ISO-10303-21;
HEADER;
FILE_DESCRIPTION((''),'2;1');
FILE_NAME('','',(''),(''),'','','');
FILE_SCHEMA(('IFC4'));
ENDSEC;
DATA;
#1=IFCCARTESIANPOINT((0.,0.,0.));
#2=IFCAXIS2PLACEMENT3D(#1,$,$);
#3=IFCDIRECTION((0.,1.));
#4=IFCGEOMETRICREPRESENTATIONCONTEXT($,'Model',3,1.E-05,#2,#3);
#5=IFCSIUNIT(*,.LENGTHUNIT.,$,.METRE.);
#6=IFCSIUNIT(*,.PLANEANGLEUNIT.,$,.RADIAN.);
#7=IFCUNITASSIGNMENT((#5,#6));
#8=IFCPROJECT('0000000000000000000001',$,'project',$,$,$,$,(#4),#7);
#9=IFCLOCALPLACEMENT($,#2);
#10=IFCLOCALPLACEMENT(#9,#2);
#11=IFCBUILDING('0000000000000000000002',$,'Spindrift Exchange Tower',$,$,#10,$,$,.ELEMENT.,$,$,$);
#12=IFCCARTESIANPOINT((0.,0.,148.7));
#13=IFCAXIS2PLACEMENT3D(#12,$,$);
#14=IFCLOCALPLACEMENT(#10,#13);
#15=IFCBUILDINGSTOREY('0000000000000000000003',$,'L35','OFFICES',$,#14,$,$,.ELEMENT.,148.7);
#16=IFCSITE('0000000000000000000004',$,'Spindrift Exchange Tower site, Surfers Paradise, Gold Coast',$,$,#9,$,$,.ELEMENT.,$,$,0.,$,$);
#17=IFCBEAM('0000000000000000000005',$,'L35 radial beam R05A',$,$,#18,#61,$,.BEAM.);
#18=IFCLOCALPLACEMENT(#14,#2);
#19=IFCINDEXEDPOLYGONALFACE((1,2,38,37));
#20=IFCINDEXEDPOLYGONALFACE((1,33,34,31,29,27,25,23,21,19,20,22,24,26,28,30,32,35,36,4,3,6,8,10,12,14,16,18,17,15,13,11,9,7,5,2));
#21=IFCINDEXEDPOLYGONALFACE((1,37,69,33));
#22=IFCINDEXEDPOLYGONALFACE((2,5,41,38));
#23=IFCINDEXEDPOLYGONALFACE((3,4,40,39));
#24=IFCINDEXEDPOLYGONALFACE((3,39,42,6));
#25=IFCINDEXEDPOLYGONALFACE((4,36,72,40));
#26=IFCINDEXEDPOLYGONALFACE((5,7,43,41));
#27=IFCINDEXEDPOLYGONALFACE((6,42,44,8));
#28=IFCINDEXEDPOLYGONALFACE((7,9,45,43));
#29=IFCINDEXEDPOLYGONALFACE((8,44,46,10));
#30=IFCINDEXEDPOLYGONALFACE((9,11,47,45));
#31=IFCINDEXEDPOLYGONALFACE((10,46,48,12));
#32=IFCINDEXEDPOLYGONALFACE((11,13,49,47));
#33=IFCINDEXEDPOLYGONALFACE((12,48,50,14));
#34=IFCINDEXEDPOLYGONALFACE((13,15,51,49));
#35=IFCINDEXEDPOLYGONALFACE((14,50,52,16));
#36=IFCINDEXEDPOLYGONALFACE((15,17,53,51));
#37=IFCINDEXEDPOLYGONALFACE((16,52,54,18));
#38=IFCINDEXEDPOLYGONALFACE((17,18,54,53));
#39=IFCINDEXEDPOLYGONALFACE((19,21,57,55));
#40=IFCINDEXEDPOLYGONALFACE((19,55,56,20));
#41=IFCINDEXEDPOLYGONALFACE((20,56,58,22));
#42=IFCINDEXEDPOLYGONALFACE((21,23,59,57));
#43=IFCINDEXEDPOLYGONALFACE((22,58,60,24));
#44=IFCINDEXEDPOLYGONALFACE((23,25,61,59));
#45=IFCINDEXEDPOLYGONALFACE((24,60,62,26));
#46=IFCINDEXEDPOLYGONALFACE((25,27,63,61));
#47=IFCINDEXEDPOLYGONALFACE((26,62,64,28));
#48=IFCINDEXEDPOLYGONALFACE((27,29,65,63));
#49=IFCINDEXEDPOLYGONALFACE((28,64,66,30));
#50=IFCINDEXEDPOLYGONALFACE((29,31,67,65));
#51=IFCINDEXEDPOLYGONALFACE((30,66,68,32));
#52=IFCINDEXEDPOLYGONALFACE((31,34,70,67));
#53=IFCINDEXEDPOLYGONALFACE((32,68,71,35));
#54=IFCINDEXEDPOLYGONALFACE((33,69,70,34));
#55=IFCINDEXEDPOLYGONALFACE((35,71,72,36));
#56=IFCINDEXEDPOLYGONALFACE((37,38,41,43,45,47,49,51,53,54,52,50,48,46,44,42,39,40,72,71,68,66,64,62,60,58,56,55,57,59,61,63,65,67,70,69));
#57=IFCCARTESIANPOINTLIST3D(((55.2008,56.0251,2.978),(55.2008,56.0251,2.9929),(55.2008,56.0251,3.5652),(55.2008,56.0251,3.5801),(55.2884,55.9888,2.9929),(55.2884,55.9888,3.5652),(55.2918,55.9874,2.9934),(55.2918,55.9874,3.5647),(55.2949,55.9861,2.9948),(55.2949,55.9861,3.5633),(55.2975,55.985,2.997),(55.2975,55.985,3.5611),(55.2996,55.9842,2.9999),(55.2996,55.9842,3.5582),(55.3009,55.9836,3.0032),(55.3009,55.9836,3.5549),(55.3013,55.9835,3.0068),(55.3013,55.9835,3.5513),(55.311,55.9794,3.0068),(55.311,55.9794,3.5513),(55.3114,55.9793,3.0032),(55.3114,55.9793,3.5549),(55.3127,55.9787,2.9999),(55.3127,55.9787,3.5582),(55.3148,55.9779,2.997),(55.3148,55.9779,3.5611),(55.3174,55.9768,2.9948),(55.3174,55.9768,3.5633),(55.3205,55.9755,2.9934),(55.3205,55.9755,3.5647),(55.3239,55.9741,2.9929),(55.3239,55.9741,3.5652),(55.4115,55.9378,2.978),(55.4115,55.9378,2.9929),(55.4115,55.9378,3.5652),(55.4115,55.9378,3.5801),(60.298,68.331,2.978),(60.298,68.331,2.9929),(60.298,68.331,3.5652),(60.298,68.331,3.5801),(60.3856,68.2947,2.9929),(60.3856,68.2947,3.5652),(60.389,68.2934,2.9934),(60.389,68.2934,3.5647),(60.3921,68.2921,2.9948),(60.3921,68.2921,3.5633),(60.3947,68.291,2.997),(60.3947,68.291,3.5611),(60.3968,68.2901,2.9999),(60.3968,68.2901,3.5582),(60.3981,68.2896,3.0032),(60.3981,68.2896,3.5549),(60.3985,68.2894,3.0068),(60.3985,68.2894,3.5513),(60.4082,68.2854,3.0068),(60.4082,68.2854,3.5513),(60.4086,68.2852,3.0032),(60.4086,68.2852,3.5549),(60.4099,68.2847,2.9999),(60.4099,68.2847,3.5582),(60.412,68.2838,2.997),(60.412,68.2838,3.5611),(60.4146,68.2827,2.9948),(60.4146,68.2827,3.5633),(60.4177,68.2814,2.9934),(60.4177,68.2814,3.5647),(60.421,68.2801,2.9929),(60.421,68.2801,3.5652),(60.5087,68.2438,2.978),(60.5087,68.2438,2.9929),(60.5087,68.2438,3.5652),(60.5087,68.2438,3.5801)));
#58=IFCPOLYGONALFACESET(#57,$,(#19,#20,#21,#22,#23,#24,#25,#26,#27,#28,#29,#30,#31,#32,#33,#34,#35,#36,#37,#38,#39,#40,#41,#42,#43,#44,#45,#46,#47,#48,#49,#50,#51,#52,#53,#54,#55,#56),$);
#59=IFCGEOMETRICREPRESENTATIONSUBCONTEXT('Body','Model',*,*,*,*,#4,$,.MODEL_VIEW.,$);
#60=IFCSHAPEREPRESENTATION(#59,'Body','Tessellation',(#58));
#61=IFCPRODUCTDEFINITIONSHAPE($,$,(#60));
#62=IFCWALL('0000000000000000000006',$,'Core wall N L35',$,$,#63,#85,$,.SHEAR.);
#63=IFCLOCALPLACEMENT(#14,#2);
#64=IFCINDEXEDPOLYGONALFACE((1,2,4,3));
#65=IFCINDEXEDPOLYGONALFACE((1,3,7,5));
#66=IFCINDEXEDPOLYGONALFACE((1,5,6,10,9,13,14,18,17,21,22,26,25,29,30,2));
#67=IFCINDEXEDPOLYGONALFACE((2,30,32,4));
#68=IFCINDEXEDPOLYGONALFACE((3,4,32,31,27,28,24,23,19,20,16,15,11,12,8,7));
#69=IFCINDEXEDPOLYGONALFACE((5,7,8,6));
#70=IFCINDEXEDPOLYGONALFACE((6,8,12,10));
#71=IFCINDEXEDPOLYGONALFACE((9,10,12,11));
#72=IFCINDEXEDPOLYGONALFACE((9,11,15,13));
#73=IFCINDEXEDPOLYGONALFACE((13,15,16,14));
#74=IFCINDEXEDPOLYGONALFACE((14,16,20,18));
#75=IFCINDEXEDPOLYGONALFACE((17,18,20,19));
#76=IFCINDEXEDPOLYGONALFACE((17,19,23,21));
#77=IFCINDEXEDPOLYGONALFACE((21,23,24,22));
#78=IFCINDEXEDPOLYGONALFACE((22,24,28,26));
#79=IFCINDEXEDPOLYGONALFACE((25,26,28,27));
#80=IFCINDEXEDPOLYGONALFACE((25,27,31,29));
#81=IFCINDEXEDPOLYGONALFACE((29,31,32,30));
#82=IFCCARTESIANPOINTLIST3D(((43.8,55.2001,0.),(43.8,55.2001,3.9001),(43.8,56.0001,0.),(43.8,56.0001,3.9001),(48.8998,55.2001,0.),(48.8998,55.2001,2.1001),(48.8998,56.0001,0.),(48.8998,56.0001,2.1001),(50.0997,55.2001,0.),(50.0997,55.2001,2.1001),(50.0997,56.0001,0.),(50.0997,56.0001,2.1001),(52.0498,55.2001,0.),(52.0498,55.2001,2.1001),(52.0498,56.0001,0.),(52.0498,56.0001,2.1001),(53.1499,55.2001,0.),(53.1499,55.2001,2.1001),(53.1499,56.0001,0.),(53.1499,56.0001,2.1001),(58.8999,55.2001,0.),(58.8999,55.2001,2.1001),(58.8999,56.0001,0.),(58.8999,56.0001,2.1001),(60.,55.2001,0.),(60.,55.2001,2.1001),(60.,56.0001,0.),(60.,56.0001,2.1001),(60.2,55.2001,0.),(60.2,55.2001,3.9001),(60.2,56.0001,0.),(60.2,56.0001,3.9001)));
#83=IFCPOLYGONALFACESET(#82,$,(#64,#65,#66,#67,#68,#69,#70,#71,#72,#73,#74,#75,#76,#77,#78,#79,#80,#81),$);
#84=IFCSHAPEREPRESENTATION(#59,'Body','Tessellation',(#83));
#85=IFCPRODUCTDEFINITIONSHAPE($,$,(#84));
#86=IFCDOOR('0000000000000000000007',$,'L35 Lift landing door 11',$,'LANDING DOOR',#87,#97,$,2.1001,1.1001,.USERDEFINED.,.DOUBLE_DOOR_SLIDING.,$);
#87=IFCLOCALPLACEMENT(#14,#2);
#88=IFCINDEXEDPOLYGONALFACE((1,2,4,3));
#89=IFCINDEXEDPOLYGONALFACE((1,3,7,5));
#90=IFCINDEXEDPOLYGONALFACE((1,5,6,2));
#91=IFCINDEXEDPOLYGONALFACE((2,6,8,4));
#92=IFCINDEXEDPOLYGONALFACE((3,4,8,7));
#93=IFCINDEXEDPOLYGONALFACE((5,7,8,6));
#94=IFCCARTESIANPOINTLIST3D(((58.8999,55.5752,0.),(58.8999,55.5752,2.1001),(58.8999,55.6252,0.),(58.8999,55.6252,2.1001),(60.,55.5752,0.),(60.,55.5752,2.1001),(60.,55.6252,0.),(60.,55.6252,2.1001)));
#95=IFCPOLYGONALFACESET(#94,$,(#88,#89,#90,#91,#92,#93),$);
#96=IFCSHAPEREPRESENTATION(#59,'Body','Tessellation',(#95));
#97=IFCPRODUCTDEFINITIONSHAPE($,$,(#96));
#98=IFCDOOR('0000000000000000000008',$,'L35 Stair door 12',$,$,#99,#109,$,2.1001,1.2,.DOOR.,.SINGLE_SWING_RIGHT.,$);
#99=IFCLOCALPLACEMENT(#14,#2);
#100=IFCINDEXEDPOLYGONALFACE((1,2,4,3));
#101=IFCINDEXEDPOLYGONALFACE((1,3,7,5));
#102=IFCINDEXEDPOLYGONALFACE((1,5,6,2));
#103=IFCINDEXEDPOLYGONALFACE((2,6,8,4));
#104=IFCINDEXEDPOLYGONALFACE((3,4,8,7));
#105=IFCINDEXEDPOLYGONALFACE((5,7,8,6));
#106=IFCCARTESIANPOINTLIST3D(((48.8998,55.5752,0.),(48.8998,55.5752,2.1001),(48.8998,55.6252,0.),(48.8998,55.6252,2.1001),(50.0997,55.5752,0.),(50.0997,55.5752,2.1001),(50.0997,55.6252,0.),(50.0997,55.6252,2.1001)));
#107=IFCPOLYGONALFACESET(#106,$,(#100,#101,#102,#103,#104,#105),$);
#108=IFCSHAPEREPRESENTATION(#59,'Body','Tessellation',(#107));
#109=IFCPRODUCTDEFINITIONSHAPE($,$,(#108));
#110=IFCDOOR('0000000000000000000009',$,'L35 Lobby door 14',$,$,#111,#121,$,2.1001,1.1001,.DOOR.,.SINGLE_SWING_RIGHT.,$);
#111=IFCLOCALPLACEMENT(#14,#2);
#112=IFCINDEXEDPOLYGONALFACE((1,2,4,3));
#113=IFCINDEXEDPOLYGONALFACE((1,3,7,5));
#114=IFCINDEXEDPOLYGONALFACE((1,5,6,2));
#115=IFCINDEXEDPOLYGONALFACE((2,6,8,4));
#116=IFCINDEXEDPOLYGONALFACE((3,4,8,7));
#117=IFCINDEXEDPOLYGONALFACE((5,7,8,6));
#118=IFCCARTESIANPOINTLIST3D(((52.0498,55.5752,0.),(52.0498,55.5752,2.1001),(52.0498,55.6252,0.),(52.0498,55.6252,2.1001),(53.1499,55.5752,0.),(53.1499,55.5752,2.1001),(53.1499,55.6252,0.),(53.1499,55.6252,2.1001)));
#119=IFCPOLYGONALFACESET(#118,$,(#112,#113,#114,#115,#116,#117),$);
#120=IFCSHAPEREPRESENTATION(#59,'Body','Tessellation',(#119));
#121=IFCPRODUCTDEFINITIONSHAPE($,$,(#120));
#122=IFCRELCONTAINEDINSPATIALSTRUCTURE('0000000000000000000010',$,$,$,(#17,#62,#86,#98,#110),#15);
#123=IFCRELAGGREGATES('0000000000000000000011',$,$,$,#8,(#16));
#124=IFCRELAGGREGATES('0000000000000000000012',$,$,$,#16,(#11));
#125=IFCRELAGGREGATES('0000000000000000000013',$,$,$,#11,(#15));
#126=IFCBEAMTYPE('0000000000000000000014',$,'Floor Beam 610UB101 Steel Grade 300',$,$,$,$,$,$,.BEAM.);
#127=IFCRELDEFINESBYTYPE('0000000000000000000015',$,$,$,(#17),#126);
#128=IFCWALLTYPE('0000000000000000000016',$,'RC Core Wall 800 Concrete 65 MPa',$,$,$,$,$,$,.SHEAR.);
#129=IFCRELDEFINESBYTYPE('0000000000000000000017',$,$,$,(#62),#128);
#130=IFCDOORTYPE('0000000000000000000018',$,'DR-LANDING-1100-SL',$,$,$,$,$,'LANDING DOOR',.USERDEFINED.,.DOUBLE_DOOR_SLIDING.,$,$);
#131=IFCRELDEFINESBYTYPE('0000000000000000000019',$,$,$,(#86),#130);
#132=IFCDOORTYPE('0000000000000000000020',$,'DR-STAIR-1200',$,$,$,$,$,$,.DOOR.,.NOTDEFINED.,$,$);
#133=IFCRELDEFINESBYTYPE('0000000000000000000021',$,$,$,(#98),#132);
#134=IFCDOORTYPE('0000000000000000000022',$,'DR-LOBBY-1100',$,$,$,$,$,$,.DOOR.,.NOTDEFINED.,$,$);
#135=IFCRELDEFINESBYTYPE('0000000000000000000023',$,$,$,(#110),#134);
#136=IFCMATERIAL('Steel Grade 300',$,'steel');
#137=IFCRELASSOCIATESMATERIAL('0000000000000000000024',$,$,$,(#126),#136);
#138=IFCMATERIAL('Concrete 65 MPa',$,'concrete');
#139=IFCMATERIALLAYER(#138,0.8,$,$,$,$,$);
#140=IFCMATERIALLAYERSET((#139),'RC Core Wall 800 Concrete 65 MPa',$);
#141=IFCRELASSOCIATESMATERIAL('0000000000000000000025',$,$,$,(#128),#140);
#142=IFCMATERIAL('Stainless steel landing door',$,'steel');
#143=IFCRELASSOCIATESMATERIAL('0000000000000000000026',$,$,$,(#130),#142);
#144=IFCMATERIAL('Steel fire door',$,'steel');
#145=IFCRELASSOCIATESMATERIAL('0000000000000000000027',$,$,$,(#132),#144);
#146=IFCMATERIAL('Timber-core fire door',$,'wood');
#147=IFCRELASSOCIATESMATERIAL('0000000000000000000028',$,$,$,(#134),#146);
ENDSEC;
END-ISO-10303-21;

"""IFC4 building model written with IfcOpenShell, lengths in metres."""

from ifc_helpers import new_model, si_unit, direction, frame, frame_2d, origin, origin_2d, place, context, subcontext, project, spatial, rectangle, i_section, extrude, source, transform, mapped, material, layer, layer_set, material_profile, profile_set, type_object, element, fill, save


model = new_model("IFC4")

# Units and contexts
model_context = context("Model", 3, precision=1e-05, world=origin(), true_north=direction((0.0, 1.0)))
body_context = subcontext(model_context, "Body", "Model", "MODEL_VIEW")
ifc_project = project(units=[si_unit("LENGTHUNIT", "METRE"), si_unit("PLANEANGLEUNIT", "RADIAN")], contexts=[model_context])

# Site, building, storey
site_placement = place(None, origin())
site = spatial("IfcSite", under=ifc_project, at=site_placement, Name="Spindrift Exchange Tower site, Surfers Paradise, Gold Coast", CompositionType="ELEMENT", RefElevation=0.0)
building_placement = place(site_placement, origin())
building = spatial("IfcBuilding", under=site, at=building_placement, Name="Spindrift Exchange Tower", CompositionType="ELEMENT")
storey_placement = place(building_placement, frame((0.0, 0.0, 148.7)))
storey = spatial("IfcBuildingStorey", under=building, at=storey_placement, Name="L35", Description="OFFICES", CompositionType="ELEMENT", Elevation=148.7)

# Beam
ifc_material_1 = material(Name="Steel Grade 300", Category="steel")
ifc_material_profile = material_profile(ifc_material_1, i_section(OverallWidth=0.228, OverallDepth=0.6021, WebThickness=0.0105, FlangeThickness=0.0149, FilletRadius=0.0139, at=origin_2d()), Name="610UB101")
ifc_profile_set = profile_set([ifc_material_profile], Name="Steel Grade 300")
beam_type = type_object("IfcBeamType", Name="Floor Beam 610UB101 Steel Grade 300", PredefinedType="BEAM", material=ifc_profile_set)
shared_shape_1 = source(origin(), body_context, "Body", "SweptSolid", [
    extrude(i_section(OverallWidth=0.228, OverallDepth=0.6021, WebThickness=0.0105, FlangeThickness=0.0149, FilletRadius=0.0139, at=origin_2d()), origin(), (0.0, 0.0, 1.0), 13.3198),
])
beam_1_placement = place(storey_placement, frame((55.3062, 55.9814, 3.2791), z_axis=(0.382677, 0.923882, 0.0), x_axis=(-0.923882, 0.382677, 0.0)))
element("IfcBeam", 1, at=beam_1_placement, inside=storey, type_object=beam_type, Name="L35 radial beam R05A", PredefinedType="BEAM", context=body_context, shape_type="MappedRepresentation", body=[
    mapped(shared_shape_1, transform((0.0, 0.0, 0.0), scale=1.0)),
])

# Wall, openings, doors
ifc_material_2 = material(Name="Concrete 65 MPa", Category="concrete")
ifc_layer_1 = layer(ifc_material_2, 0.8)
ifc_layer_set_1 = layer_set([ifc_layer_1], Name="RC Core Wall 800 Concrete 65 MPa")
wall_type_1 = type_object("IfcWallType", Name="RC Core Wall 800 Concrete 65 MPa", PredefinedType="SHEAR", material=ifc_layer_set_1)
wall_1_placement = place(storey_placement, frame((60.2, 55.6001, 0.0), z_axis=(0.0, 0.0, 1.0), x_axis=(-1.0, 0.0, 0.0)))
wall_1 = element("IfcWall", 2, at=wall_1_placement, inside=storey, type_object=wall_type_1, Name="Core wall N L35", PredefinedType="SHEAR", context=body_context, shape_type="SweptSolid", body=[
    extrude(rectangle(XDim=16.3999, YDim=0.8, at=frame_2d((8.2, 0.0))), origin(), (0.0, 0.0, 1.0), 3.9001),
])
opening_1_placement = place(wall_1_placement, frame((0.2, 0.0, 0.0)))
opening_1 = element("IfcOpeningElement", 3, at=opening_1_placement, cuts=wall_1, PredefinedType="OPENING", context=body_context, shape_type="SweptSolid", body=[
    extrude(rectangle(XDim=1.1001, YDim=2.1001, at=frame_2d((0.55, 1.05))), frame((0.0, 0.4099, 0.0), z_axis=(0.0, -1.0, 0.0), x_axis=(1.0, 0.0, 0.0)), (0.0, 0.0, 1.0), 0.8201),
])
opening_2_placement = place(wall_1_placement, frame((10.1001, 0.0, 0.0)))
opening_2 = element("IfcOpeningElement", 4, at=opening_2_placement, cuts=wall_1, PredefinedType="OPENING", context=body_context, shape_type="SweptSolid", body=[
    extrude(rectangle(XDim=1.2, YDim=2.1001, at=frame_2d((0.6001, 1.05))), frame((0.0, 0.4099, 0.0), z_axis=(0.0, -1.0, 0.0), x_axis=(1.0, 0.0, 0.0)), (0.0, 0.0, 1.0), 0.8201),
])
opening_3_placement = place(wall_1_placement, frame((7.05, 0.0, 0.0)))
opening_3 = element("IfcOpeningElement", 5, at=opening_3_placement, cuts=wall_1, PredefinedType="OPENING", context=body_context, shape_type="SweptSolid", body=[
    extrude(rectangle(XDim=1.1001, YDim=2.1001, at=frame_2d((0.55, 1.05))), frame((0.0, 0.4099, 0.0), z_axis=(0.0, -1.0, 0.0), x_axis=(1.0, 0.0, 0.0)), (0.0, 0.0, 1.0), 0.8201),
])
ifc_material_3 = material(Name="Stainless steel landing door", Category="steel")
door_type_1 = type_object("IfcDoorType", Name="DR-LANDING-1100-SL", ElementType="LANDING DOOR", OperationType="DOUBLE_DOOR_SLIDING", PredefinedType="USERDEFINED", material=ifc_material_3)
shared_shape_2 = source(origin(), body_context, "Body", "SweptSolid", [
    extrude(rectangle(XDim=1.1001, YDim=2.1001, at=frame_2d((0.55, 1.05))), frame((0.0, 0.0249, 0.0), z_axis=(0.0, -1.0, 0.0), x_axis=(1.0, 0.0, 0.0)), (0.0, 0.0, 1.0), 0.05),
])
door_1_placement = place(opening_1_placement, origin())
door_1 = element("IfcDoor", 6, at=door_1_placement, inside=storey, type_object=door_type_1, Name="L35 Lift landing door 11", ObjectType="LANDING DOOR", OperationType="DOUBLE_DOOR_SLIDING", OverallHeight=2.1001, OverallWidth=1.1001, PredefinedType="USERDEFINED", context=body_context, shape_type="MappedRepresentation", body=[
    mapped(shared_shape_2, transform((0.0, 0.0, 0.0), scale=1.0)),
])
fill(opening_1, door_1)
ifc_material_4 = material(Name="Steel fire door", Category="steel")
door_type_2 = type_object("IfcDoorType", Name="DR-STAIR-1200", OperationType="NOTDEFINED", PredefinedType="DOOR", material=ifc_material_4)
shared_shape_3 = source(origin(), body_context, "Body", "SweptSolid", [
    extrude(rectangle(XDim=1.2, YDim=2.1001, at=frame_2d((0.6001, 1.05))), frame((0.0, 0.0249, 0.0), z_axis=(0.0, -1.0, 0.0), x_axis=(1.0, 0.0, 0.0)), (0.0, 0.0, 1.0), 0.05),
])
door_2_placement = place(opening_2_placement, origin())
door_2 = element("IfcDoor", 7, at=door_2_placement, inside=storey, type_object=door_type_2, Name="L35 Stair door 12", OperationType="SINGLE_SWING_RIGHT", OverallHeight=2.1001, OverallWidth=1.2, PredefinedType="DOOR", context=body_context, shape_type="MappedRepresentation", body=[
    mapped(shared_shape_3, transform((0.0, 0.0, 0.0), scale=1.0)),
])
fill(opening_2, door_2)
ifc_material_5 = material(Name="Timber-core fire door", Category="wood")
door_type_3 = type_object("IfcDoorType", Name="DR-LOBBY-1100", OperationType="NOTDEFINED", PredefinedType="DOOR", material=ifc_material_5)
shared_shape_4 = source(origin(), body_context, "Body", "SweptSolid", [
    extrude(rectangle(XDim=1.1001, YDim=2.1001, at=frame_2d((0.55, 1.05))), frame((0.0, 0.0249, 0.0), z_axis=(0.0, -1.0, 0.0), x_axis=(1.0, 0.0, 0.0)), (0.0, 0.0, 1.0), 0.05),
])
door_3_placement = place(opening_3_placement, origin())
door_3 = element("IfcDoor", 8, at=door_3_placement, inside=storey, type_object=door_type_3, Name="L35 Lobby door 14", OperationType="SINGLE_SWING_RIGHT", OverallHeight=2.1001, OverallWidth=1.1001, PredefinedType="DOOR", context=body_context, shape_type="MappedRepresentation", body=[
    mapped(shared_shape_4, transform((0.0, 0.0, 0.0), scale=1.0)),
])
fill(opening_3, door_3)

save(model, "model.ifc")
